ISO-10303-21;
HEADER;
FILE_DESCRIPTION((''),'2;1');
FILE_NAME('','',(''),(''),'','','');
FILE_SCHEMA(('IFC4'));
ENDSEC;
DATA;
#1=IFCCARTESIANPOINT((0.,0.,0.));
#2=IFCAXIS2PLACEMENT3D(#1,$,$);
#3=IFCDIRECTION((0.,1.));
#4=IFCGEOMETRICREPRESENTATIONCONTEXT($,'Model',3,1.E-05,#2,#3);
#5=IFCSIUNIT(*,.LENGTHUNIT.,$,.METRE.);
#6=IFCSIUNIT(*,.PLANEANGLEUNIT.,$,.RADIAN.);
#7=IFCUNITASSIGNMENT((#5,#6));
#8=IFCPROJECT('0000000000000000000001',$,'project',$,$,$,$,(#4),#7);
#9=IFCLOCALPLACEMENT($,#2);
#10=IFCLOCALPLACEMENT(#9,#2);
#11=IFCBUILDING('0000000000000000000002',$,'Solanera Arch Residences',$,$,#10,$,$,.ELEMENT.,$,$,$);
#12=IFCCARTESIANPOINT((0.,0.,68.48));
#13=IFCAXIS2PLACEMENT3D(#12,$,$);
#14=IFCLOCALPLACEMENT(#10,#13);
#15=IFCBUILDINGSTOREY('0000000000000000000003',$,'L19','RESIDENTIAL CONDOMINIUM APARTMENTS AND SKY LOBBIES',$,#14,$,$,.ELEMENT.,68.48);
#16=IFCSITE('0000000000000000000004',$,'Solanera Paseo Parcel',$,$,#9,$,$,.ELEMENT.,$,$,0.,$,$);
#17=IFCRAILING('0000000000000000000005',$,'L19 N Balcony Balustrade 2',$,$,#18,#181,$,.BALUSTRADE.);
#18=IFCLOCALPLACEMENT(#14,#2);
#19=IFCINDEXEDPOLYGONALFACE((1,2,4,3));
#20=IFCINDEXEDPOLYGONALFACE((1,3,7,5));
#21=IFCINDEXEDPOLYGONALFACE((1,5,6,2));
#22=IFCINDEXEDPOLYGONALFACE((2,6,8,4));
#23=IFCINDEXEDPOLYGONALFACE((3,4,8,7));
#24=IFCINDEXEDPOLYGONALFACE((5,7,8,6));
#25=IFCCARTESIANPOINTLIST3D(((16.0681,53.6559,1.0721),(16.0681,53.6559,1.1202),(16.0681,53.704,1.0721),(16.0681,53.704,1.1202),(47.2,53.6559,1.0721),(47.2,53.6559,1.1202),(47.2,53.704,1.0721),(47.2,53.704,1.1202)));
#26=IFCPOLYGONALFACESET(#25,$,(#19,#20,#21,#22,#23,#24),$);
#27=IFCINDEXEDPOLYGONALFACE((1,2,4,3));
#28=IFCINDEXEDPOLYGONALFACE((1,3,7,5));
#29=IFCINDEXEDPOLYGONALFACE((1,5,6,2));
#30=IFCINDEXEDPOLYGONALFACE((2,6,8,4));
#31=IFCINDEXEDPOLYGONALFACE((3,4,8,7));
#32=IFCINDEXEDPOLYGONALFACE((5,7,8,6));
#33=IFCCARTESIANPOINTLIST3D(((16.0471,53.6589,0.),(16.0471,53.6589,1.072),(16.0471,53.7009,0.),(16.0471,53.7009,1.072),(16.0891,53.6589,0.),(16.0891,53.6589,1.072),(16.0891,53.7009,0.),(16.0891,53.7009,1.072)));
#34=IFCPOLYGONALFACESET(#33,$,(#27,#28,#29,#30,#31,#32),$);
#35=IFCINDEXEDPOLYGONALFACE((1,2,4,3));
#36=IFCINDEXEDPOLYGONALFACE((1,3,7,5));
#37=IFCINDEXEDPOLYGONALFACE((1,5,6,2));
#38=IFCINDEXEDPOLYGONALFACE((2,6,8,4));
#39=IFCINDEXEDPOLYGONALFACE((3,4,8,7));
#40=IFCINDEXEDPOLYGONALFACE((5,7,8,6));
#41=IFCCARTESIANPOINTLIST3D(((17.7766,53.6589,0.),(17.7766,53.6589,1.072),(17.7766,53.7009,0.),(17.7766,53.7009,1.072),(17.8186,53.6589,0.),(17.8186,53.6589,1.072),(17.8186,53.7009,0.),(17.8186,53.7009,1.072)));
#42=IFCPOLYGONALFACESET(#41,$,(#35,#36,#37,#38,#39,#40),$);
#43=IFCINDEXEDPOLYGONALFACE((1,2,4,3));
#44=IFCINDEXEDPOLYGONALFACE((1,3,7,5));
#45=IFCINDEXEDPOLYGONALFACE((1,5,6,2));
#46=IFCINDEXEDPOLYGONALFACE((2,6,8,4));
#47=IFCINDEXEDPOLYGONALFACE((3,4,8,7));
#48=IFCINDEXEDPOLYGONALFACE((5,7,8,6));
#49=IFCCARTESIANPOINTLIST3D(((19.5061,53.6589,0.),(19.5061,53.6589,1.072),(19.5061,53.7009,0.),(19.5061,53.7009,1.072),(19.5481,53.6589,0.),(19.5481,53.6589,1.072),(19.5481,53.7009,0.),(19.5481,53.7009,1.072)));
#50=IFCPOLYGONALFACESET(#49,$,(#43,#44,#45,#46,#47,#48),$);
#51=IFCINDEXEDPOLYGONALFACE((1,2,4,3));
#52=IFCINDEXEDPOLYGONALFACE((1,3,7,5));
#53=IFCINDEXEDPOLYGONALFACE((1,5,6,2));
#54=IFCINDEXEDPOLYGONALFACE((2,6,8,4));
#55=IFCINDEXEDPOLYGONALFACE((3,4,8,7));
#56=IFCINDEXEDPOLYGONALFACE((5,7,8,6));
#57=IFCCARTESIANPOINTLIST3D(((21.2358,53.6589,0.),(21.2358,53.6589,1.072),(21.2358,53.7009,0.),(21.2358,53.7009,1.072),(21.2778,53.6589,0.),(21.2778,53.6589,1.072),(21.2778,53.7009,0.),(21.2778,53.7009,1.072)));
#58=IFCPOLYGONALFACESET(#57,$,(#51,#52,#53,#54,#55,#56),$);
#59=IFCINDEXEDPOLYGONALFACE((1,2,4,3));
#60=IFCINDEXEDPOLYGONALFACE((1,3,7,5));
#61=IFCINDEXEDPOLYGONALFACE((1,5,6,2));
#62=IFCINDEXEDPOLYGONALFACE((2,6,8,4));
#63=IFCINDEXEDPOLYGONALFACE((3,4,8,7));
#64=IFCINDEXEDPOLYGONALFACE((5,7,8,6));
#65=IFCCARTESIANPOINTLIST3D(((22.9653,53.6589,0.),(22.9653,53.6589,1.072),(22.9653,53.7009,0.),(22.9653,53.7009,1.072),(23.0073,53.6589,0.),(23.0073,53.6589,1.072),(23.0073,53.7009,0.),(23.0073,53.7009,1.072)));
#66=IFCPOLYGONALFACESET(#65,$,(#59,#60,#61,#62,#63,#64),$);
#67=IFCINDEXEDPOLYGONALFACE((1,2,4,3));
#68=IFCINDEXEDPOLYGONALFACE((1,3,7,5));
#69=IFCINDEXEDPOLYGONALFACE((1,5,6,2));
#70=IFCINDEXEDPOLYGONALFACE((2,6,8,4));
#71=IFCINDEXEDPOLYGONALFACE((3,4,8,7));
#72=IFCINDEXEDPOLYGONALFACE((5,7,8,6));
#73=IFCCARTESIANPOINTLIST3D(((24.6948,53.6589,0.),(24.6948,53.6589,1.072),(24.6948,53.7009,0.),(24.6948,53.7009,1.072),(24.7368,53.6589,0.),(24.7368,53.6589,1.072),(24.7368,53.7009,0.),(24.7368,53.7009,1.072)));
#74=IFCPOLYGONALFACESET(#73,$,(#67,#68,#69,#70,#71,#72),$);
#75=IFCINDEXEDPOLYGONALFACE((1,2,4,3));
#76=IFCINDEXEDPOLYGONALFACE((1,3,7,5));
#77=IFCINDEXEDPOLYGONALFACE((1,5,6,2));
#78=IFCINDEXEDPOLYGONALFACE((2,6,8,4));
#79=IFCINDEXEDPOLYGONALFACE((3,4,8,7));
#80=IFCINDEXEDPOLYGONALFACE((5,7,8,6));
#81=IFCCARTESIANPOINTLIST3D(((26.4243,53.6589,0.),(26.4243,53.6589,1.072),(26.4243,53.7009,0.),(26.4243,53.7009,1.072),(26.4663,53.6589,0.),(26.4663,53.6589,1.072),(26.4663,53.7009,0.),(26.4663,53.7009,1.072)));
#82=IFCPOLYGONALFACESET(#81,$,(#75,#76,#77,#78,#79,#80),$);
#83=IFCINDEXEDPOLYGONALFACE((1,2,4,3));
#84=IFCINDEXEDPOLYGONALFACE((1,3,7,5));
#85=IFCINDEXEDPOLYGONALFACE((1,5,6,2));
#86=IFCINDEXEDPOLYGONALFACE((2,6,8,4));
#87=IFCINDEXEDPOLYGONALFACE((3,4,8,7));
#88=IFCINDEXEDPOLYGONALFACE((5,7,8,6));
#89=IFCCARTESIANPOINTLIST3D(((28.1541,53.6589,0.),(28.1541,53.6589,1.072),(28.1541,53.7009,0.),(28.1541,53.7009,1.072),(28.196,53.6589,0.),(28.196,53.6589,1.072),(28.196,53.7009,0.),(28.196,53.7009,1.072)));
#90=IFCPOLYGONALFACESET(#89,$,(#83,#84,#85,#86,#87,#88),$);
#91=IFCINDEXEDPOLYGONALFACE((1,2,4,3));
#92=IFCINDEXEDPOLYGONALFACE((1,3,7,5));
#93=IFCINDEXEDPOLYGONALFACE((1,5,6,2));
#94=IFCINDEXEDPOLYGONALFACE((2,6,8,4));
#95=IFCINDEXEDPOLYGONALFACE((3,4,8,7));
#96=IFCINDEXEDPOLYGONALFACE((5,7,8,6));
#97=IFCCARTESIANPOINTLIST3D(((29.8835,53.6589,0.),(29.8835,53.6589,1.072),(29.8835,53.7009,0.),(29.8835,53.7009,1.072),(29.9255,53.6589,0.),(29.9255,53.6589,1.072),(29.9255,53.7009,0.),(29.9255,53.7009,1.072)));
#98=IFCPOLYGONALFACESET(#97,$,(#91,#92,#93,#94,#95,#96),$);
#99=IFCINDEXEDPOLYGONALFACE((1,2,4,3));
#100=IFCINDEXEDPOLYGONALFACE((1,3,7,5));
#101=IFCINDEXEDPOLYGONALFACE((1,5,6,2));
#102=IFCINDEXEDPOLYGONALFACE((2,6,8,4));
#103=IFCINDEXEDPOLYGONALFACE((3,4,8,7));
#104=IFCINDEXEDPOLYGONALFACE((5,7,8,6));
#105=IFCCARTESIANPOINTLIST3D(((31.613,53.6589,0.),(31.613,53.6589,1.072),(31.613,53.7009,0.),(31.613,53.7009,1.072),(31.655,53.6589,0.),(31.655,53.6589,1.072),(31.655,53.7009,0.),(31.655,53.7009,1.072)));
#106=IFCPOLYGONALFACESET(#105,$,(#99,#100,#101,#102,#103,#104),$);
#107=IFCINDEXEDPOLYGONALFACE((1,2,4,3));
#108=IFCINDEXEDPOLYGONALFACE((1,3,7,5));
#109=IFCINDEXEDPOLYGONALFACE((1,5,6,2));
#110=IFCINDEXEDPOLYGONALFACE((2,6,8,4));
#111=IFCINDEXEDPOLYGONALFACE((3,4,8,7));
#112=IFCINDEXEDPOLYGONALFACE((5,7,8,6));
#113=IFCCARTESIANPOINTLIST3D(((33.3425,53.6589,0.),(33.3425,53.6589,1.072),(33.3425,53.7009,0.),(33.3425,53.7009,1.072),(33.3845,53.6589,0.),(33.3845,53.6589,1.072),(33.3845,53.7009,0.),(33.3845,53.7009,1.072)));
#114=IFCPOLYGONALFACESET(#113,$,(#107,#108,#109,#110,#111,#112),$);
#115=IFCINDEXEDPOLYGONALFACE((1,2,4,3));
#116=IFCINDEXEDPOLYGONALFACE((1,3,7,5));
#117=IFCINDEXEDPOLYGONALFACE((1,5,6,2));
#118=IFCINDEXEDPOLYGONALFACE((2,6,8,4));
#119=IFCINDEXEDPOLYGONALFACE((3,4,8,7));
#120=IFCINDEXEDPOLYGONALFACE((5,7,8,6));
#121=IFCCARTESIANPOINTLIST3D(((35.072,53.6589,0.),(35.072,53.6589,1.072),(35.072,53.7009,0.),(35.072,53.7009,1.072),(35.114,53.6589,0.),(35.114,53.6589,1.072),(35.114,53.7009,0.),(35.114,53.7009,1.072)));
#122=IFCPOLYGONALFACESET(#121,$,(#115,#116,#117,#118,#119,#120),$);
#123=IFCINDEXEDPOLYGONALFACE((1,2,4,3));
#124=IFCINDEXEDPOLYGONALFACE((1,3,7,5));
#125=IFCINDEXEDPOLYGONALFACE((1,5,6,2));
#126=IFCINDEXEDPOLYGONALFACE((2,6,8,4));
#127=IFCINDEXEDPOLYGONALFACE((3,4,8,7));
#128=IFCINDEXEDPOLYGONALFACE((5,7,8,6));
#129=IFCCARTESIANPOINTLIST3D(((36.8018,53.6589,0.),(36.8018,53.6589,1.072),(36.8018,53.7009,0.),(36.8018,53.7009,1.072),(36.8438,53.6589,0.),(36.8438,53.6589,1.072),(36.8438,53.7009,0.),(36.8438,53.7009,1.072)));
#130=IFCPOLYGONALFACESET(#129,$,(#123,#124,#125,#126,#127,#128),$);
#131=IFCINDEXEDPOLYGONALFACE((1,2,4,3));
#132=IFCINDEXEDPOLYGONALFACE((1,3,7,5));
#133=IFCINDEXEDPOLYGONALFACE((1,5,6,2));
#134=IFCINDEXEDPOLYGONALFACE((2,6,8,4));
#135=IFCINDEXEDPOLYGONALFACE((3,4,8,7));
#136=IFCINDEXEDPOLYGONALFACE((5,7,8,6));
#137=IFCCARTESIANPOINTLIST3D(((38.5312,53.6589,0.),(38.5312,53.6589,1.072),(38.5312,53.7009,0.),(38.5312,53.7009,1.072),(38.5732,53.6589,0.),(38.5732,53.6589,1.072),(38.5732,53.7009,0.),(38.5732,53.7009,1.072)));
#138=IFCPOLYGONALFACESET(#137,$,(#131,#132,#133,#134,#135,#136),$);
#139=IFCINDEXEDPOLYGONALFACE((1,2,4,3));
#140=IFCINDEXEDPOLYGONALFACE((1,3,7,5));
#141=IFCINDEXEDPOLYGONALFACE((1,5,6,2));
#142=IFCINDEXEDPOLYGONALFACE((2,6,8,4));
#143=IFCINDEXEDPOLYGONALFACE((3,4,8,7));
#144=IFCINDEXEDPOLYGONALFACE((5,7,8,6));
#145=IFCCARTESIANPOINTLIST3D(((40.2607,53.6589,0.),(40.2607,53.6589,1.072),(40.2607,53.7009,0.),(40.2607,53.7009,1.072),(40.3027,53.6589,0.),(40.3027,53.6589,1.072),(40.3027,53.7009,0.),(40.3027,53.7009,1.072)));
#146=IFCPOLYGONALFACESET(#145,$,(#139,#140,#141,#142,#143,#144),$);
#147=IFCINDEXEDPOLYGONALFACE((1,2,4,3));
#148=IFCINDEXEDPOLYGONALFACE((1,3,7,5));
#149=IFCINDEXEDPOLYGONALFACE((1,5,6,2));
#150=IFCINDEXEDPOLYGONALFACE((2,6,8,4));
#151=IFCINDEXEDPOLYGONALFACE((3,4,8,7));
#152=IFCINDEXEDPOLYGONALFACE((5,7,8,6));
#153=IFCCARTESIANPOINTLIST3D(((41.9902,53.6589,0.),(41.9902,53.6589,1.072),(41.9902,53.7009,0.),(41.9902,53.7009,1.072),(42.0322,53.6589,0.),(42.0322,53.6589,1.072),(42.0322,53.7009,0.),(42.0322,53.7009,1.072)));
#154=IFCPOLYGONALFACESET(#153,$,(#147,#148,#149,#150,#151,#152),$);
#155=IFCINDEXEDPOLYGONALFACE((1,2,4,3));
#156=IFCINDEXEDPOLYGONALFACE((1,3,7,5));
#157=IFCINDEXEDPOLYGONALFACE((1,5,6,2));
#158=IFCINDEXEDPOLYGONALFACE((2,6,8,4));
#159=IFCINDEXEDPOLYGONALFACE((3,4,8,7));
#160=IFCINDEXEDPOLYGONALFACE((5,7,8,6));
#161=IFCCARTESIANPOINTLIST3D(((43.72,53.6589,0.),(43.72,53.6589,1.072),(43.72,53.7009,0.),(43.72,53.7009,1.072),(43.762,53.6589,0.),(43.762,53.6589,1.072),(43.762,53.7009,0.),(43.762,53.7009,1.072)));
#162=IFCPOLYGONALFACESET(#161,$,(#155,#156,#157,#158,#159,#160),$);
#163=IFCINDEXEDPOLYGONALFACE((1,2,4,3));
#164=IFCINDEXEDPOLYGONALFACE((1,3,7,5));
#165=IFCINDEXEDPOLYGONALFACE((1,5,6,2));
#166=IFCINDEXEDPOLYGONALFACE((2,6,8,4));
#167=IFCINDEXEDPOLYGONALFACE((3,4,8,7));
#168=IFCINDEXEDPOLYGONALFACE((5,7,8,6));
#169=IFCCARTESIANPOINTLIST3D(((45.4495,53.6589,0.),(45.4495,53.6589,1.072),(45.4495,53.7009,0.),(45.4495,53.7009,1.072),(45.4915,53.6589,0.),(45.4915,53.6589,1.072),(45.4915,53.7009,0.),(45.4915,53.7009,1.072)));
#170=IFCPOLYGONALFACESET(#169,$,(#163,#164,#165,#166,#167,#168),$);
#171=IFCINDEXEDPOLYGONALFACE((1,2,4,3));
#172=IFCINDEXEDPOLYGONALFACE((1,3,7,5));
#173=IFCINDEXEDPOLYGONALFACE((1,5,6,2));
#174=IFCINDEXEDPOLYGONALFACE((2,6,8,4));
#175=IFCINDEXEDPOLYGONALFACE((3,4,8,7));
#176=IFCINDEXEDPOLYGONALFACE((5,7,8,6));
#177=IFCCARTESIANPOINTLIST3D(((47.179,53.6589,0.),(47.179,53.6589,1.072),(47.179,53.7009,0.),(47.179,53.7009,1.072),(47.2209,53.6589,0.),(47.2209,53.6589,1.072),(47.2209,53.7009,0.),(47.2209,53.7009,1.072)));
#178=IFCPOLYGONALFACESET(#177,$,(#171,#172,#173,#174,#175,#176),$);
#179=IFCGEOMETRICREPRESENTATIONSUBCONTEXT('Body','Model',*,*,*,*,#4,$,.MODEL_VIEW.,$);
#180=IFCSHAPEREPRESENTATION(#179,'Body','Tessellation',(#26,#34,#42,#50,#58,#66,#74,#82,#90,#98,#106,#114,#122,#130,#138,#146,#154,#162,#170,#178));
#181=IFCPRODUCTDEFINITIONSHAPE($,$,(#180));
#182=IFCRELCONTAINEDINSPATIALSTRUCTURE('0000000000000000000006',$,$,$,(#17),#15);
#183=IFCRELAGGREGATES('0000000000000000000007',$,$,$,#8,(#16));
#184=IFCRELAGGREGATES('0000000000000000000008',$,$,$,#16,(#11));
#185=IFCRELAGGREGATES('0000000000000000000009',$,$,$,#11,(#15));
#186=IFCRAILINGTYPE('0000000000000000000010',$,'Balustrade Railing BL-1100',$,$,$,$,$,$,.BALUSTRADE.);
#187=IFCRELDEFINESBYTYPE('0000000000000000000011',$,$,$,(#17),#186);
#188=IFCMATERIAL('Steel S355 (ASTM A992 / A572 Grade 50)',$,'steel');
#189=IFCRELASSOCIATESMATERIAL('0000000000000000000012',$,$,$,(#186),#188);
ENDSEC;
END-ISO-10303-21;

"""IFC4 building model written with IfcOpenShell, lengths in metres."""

from ifc_helpers import new_model, si_unit, direction, frame, origin, origin_2d, place, context, subcontext, project, spatial, rectangle, extrude, material, type_object, element, save


model = new_model("IFC4")

# Units and contexts
model_context = context("Model", 3, precision=1e-05, world=origin(), true_north=direction((0.0, 1.0)))
body_context = subcontext(model_context, "Body", "Model", "MODEL_VIEW")
ifc_project = project(units=[si_unit("LENGTHUNIT", "METRE"), si_unit("PLANEANGLEUNIT", "RADIAN")], contexts=[model_context])

# Site, building, storey
site_placement = place(None, origin())
site = spatial("IfcSite", under=ifc_project, at=site_placement, Name="Solanera Paseo Parcel", CompositionType="ELEMENT", RefElevation=0.0)
building_placement = place(site_placement, origin())
building = spatial("IfcBuilding", under=site, at=building_placement, Name="Solanera Arch Residences", CompositionType="ELEMENT")
storey_placement = place(building_placement, frame((0.0, 0.0, 68.48)))
storey = spatial("IfcBuildingStorey", under=building, at=storey_placement, Name="L19", Description="RESIDENTIAL CONDOMINIUM APARTMENTS AND SKY LOBBIES", CompositionType="ELEMENT", Elevation=68.48)

# Railing
ifc_material_1 = material(Name="Steel S355 (ASTM A992 / A572 Grade 50)", Category="steel")
railing_type = type_object("IfcRailingType", Name="Balustrade Railing BL-1100", PredefinedType="BALUSTRADE", material=ifc_material_1)
railing_placement = place(storey_placement, frame((16.0681, 53.6799, 0.0)))
element("IfcRailing", 1, at=railing_placement, inside=storey, type_object=railing_type, Name="L19 N Balcony Balustrade 2", PredefinedType="BALUSTRADE", context=body_context, shape_type="SweptSolid", body=[
    extrude(rectangle(XDim=0.0481, YDim=0.0481, at=origin_2d()), frame((0.0, 0.0, 1.0962), z_axis=(1.0, 0.0, 0.0), x_axis=(0.0, 1.0, 0.0)), (0.0, 0.0, 1.0), 31.1318),
    extrude(rectangle(XDim=0.042, YDim=0.042, at=origin_2d()), origin(), (0.0, 0.0, 1.0), 1.072),
    extrude(rectangle(XDim=0.042, YDim=0.042, at=origin_2d()), frame((1.7295, 0.0, 0.0)), (0.0, 0.0, 1.0), 1.072),
    extrude(rectangle(XDim=0.042, YDim=0.042, at=origin_2d()), frame((3.459, 0.0, 0.0)), (0.0, 0.0, 1.0), 1.072),
    extrude(rectangle(XDim=0.042, YDim=0.042, at=origin_2d()), frame((5.1887, 0.0, 0.0)), (0.0, 0.0, 1.0), 1.072),
    extrude(rectangle(XDim=0.042, YDim=0.042, at=origin_2d()), frame((6.9182, 0.0, 0.0)), (0.0, 0.0, 1.0), 1.072),
    extrude(rectangle(XDim=0.042, YDim=0.042, at=origin_2d()), frame((8.6477, 0.0, 0.0)), (0.0, 0.0, 1.0), 1.072),
    extrude(rectangle(XDim=0.042, YDim=0.042, at=origin_2d()), frame((10.3772, 0.0, 0.0)), (0.0, 0.0, 1.0), 1.072),
    extrude(rectangle(XDim=0.042, YDim=0.042, at=origin_2d()), frame((12.1069, 0.0, 0.0)), (0.0, 0.0, 1.0), 1.072),
    extrude(rectangle(XDim=0.042, YDim=0.042, at=origin_2d()), frame((13.8364, 0.0, 0.0)), (0.0, 0.0, 1.0), 1.072),
    extrude(rectangle(XDim=0.042, YDim=0.042, at=origin_2d()), frame((15.5659, 0.0, 0.0)), (0.0, 0.0, 1.0), 1.072),
    extrude(rectangle(XDim=0.042, YDim=0.042, at=origin_2d()), frame((17.2954, 0.0, 0.0)), (0.0, 0.0, 1.0), 1.072),
    extrude(rectangle(XDim=0.042, YDim=0.042, at=origin_2d()), frame((19.0249, 0.0, 0.0)), (0.0, 0.0, 1.0), 1.072),
    extrude(rectangle(XDim=0.042, YDim=0.042, at=origin_2d()), frame((20.7546, 0.0, 0.0)), (0.0, 0.0, 1.0), 1.072),
    extrude(rectangle(XDim=0.042, YDim=0.042, at=origin_2d()), frame((22.4841, 0.0, 0.0)), (0.0, 0.0, 1.0), 1.072),
    extrude(rectangle(XDim=0.042, YDim=0.042, at=origin_2d()), frame((24.2136, 0.0, 0.0)), (0.0, 0.0, 1.0), 1.072),
    extrude(rectangle(XDim=0.042, YDim=0.042, at=origin_2d()), frame((25.9431, 0.0, 0.0)), (0.0, 0.0, 1.0), 1.072),
    extrude(rectangle(XDim=0.042, YDim=0.042, at=origin_2d()), frame((27.6729, 0.0, 0.0)), (0.0, 0.0, 1.0), 1.072),
    extrude(rectangle(XDim=0.042, YDim=0.042, at=origin_2d()), frame((29.4023, 0.0, 0.0)), (0.0, 0.0, 1.0), 1.072),
    extrude(rectangle(XDim=0.042, YDim=0.042, at=origin_2d()), frame((31.1318, 0.0, 0.0)), (0.0, 0.0, 1.0), 1.072),
])

save(model, "model.ifc")
